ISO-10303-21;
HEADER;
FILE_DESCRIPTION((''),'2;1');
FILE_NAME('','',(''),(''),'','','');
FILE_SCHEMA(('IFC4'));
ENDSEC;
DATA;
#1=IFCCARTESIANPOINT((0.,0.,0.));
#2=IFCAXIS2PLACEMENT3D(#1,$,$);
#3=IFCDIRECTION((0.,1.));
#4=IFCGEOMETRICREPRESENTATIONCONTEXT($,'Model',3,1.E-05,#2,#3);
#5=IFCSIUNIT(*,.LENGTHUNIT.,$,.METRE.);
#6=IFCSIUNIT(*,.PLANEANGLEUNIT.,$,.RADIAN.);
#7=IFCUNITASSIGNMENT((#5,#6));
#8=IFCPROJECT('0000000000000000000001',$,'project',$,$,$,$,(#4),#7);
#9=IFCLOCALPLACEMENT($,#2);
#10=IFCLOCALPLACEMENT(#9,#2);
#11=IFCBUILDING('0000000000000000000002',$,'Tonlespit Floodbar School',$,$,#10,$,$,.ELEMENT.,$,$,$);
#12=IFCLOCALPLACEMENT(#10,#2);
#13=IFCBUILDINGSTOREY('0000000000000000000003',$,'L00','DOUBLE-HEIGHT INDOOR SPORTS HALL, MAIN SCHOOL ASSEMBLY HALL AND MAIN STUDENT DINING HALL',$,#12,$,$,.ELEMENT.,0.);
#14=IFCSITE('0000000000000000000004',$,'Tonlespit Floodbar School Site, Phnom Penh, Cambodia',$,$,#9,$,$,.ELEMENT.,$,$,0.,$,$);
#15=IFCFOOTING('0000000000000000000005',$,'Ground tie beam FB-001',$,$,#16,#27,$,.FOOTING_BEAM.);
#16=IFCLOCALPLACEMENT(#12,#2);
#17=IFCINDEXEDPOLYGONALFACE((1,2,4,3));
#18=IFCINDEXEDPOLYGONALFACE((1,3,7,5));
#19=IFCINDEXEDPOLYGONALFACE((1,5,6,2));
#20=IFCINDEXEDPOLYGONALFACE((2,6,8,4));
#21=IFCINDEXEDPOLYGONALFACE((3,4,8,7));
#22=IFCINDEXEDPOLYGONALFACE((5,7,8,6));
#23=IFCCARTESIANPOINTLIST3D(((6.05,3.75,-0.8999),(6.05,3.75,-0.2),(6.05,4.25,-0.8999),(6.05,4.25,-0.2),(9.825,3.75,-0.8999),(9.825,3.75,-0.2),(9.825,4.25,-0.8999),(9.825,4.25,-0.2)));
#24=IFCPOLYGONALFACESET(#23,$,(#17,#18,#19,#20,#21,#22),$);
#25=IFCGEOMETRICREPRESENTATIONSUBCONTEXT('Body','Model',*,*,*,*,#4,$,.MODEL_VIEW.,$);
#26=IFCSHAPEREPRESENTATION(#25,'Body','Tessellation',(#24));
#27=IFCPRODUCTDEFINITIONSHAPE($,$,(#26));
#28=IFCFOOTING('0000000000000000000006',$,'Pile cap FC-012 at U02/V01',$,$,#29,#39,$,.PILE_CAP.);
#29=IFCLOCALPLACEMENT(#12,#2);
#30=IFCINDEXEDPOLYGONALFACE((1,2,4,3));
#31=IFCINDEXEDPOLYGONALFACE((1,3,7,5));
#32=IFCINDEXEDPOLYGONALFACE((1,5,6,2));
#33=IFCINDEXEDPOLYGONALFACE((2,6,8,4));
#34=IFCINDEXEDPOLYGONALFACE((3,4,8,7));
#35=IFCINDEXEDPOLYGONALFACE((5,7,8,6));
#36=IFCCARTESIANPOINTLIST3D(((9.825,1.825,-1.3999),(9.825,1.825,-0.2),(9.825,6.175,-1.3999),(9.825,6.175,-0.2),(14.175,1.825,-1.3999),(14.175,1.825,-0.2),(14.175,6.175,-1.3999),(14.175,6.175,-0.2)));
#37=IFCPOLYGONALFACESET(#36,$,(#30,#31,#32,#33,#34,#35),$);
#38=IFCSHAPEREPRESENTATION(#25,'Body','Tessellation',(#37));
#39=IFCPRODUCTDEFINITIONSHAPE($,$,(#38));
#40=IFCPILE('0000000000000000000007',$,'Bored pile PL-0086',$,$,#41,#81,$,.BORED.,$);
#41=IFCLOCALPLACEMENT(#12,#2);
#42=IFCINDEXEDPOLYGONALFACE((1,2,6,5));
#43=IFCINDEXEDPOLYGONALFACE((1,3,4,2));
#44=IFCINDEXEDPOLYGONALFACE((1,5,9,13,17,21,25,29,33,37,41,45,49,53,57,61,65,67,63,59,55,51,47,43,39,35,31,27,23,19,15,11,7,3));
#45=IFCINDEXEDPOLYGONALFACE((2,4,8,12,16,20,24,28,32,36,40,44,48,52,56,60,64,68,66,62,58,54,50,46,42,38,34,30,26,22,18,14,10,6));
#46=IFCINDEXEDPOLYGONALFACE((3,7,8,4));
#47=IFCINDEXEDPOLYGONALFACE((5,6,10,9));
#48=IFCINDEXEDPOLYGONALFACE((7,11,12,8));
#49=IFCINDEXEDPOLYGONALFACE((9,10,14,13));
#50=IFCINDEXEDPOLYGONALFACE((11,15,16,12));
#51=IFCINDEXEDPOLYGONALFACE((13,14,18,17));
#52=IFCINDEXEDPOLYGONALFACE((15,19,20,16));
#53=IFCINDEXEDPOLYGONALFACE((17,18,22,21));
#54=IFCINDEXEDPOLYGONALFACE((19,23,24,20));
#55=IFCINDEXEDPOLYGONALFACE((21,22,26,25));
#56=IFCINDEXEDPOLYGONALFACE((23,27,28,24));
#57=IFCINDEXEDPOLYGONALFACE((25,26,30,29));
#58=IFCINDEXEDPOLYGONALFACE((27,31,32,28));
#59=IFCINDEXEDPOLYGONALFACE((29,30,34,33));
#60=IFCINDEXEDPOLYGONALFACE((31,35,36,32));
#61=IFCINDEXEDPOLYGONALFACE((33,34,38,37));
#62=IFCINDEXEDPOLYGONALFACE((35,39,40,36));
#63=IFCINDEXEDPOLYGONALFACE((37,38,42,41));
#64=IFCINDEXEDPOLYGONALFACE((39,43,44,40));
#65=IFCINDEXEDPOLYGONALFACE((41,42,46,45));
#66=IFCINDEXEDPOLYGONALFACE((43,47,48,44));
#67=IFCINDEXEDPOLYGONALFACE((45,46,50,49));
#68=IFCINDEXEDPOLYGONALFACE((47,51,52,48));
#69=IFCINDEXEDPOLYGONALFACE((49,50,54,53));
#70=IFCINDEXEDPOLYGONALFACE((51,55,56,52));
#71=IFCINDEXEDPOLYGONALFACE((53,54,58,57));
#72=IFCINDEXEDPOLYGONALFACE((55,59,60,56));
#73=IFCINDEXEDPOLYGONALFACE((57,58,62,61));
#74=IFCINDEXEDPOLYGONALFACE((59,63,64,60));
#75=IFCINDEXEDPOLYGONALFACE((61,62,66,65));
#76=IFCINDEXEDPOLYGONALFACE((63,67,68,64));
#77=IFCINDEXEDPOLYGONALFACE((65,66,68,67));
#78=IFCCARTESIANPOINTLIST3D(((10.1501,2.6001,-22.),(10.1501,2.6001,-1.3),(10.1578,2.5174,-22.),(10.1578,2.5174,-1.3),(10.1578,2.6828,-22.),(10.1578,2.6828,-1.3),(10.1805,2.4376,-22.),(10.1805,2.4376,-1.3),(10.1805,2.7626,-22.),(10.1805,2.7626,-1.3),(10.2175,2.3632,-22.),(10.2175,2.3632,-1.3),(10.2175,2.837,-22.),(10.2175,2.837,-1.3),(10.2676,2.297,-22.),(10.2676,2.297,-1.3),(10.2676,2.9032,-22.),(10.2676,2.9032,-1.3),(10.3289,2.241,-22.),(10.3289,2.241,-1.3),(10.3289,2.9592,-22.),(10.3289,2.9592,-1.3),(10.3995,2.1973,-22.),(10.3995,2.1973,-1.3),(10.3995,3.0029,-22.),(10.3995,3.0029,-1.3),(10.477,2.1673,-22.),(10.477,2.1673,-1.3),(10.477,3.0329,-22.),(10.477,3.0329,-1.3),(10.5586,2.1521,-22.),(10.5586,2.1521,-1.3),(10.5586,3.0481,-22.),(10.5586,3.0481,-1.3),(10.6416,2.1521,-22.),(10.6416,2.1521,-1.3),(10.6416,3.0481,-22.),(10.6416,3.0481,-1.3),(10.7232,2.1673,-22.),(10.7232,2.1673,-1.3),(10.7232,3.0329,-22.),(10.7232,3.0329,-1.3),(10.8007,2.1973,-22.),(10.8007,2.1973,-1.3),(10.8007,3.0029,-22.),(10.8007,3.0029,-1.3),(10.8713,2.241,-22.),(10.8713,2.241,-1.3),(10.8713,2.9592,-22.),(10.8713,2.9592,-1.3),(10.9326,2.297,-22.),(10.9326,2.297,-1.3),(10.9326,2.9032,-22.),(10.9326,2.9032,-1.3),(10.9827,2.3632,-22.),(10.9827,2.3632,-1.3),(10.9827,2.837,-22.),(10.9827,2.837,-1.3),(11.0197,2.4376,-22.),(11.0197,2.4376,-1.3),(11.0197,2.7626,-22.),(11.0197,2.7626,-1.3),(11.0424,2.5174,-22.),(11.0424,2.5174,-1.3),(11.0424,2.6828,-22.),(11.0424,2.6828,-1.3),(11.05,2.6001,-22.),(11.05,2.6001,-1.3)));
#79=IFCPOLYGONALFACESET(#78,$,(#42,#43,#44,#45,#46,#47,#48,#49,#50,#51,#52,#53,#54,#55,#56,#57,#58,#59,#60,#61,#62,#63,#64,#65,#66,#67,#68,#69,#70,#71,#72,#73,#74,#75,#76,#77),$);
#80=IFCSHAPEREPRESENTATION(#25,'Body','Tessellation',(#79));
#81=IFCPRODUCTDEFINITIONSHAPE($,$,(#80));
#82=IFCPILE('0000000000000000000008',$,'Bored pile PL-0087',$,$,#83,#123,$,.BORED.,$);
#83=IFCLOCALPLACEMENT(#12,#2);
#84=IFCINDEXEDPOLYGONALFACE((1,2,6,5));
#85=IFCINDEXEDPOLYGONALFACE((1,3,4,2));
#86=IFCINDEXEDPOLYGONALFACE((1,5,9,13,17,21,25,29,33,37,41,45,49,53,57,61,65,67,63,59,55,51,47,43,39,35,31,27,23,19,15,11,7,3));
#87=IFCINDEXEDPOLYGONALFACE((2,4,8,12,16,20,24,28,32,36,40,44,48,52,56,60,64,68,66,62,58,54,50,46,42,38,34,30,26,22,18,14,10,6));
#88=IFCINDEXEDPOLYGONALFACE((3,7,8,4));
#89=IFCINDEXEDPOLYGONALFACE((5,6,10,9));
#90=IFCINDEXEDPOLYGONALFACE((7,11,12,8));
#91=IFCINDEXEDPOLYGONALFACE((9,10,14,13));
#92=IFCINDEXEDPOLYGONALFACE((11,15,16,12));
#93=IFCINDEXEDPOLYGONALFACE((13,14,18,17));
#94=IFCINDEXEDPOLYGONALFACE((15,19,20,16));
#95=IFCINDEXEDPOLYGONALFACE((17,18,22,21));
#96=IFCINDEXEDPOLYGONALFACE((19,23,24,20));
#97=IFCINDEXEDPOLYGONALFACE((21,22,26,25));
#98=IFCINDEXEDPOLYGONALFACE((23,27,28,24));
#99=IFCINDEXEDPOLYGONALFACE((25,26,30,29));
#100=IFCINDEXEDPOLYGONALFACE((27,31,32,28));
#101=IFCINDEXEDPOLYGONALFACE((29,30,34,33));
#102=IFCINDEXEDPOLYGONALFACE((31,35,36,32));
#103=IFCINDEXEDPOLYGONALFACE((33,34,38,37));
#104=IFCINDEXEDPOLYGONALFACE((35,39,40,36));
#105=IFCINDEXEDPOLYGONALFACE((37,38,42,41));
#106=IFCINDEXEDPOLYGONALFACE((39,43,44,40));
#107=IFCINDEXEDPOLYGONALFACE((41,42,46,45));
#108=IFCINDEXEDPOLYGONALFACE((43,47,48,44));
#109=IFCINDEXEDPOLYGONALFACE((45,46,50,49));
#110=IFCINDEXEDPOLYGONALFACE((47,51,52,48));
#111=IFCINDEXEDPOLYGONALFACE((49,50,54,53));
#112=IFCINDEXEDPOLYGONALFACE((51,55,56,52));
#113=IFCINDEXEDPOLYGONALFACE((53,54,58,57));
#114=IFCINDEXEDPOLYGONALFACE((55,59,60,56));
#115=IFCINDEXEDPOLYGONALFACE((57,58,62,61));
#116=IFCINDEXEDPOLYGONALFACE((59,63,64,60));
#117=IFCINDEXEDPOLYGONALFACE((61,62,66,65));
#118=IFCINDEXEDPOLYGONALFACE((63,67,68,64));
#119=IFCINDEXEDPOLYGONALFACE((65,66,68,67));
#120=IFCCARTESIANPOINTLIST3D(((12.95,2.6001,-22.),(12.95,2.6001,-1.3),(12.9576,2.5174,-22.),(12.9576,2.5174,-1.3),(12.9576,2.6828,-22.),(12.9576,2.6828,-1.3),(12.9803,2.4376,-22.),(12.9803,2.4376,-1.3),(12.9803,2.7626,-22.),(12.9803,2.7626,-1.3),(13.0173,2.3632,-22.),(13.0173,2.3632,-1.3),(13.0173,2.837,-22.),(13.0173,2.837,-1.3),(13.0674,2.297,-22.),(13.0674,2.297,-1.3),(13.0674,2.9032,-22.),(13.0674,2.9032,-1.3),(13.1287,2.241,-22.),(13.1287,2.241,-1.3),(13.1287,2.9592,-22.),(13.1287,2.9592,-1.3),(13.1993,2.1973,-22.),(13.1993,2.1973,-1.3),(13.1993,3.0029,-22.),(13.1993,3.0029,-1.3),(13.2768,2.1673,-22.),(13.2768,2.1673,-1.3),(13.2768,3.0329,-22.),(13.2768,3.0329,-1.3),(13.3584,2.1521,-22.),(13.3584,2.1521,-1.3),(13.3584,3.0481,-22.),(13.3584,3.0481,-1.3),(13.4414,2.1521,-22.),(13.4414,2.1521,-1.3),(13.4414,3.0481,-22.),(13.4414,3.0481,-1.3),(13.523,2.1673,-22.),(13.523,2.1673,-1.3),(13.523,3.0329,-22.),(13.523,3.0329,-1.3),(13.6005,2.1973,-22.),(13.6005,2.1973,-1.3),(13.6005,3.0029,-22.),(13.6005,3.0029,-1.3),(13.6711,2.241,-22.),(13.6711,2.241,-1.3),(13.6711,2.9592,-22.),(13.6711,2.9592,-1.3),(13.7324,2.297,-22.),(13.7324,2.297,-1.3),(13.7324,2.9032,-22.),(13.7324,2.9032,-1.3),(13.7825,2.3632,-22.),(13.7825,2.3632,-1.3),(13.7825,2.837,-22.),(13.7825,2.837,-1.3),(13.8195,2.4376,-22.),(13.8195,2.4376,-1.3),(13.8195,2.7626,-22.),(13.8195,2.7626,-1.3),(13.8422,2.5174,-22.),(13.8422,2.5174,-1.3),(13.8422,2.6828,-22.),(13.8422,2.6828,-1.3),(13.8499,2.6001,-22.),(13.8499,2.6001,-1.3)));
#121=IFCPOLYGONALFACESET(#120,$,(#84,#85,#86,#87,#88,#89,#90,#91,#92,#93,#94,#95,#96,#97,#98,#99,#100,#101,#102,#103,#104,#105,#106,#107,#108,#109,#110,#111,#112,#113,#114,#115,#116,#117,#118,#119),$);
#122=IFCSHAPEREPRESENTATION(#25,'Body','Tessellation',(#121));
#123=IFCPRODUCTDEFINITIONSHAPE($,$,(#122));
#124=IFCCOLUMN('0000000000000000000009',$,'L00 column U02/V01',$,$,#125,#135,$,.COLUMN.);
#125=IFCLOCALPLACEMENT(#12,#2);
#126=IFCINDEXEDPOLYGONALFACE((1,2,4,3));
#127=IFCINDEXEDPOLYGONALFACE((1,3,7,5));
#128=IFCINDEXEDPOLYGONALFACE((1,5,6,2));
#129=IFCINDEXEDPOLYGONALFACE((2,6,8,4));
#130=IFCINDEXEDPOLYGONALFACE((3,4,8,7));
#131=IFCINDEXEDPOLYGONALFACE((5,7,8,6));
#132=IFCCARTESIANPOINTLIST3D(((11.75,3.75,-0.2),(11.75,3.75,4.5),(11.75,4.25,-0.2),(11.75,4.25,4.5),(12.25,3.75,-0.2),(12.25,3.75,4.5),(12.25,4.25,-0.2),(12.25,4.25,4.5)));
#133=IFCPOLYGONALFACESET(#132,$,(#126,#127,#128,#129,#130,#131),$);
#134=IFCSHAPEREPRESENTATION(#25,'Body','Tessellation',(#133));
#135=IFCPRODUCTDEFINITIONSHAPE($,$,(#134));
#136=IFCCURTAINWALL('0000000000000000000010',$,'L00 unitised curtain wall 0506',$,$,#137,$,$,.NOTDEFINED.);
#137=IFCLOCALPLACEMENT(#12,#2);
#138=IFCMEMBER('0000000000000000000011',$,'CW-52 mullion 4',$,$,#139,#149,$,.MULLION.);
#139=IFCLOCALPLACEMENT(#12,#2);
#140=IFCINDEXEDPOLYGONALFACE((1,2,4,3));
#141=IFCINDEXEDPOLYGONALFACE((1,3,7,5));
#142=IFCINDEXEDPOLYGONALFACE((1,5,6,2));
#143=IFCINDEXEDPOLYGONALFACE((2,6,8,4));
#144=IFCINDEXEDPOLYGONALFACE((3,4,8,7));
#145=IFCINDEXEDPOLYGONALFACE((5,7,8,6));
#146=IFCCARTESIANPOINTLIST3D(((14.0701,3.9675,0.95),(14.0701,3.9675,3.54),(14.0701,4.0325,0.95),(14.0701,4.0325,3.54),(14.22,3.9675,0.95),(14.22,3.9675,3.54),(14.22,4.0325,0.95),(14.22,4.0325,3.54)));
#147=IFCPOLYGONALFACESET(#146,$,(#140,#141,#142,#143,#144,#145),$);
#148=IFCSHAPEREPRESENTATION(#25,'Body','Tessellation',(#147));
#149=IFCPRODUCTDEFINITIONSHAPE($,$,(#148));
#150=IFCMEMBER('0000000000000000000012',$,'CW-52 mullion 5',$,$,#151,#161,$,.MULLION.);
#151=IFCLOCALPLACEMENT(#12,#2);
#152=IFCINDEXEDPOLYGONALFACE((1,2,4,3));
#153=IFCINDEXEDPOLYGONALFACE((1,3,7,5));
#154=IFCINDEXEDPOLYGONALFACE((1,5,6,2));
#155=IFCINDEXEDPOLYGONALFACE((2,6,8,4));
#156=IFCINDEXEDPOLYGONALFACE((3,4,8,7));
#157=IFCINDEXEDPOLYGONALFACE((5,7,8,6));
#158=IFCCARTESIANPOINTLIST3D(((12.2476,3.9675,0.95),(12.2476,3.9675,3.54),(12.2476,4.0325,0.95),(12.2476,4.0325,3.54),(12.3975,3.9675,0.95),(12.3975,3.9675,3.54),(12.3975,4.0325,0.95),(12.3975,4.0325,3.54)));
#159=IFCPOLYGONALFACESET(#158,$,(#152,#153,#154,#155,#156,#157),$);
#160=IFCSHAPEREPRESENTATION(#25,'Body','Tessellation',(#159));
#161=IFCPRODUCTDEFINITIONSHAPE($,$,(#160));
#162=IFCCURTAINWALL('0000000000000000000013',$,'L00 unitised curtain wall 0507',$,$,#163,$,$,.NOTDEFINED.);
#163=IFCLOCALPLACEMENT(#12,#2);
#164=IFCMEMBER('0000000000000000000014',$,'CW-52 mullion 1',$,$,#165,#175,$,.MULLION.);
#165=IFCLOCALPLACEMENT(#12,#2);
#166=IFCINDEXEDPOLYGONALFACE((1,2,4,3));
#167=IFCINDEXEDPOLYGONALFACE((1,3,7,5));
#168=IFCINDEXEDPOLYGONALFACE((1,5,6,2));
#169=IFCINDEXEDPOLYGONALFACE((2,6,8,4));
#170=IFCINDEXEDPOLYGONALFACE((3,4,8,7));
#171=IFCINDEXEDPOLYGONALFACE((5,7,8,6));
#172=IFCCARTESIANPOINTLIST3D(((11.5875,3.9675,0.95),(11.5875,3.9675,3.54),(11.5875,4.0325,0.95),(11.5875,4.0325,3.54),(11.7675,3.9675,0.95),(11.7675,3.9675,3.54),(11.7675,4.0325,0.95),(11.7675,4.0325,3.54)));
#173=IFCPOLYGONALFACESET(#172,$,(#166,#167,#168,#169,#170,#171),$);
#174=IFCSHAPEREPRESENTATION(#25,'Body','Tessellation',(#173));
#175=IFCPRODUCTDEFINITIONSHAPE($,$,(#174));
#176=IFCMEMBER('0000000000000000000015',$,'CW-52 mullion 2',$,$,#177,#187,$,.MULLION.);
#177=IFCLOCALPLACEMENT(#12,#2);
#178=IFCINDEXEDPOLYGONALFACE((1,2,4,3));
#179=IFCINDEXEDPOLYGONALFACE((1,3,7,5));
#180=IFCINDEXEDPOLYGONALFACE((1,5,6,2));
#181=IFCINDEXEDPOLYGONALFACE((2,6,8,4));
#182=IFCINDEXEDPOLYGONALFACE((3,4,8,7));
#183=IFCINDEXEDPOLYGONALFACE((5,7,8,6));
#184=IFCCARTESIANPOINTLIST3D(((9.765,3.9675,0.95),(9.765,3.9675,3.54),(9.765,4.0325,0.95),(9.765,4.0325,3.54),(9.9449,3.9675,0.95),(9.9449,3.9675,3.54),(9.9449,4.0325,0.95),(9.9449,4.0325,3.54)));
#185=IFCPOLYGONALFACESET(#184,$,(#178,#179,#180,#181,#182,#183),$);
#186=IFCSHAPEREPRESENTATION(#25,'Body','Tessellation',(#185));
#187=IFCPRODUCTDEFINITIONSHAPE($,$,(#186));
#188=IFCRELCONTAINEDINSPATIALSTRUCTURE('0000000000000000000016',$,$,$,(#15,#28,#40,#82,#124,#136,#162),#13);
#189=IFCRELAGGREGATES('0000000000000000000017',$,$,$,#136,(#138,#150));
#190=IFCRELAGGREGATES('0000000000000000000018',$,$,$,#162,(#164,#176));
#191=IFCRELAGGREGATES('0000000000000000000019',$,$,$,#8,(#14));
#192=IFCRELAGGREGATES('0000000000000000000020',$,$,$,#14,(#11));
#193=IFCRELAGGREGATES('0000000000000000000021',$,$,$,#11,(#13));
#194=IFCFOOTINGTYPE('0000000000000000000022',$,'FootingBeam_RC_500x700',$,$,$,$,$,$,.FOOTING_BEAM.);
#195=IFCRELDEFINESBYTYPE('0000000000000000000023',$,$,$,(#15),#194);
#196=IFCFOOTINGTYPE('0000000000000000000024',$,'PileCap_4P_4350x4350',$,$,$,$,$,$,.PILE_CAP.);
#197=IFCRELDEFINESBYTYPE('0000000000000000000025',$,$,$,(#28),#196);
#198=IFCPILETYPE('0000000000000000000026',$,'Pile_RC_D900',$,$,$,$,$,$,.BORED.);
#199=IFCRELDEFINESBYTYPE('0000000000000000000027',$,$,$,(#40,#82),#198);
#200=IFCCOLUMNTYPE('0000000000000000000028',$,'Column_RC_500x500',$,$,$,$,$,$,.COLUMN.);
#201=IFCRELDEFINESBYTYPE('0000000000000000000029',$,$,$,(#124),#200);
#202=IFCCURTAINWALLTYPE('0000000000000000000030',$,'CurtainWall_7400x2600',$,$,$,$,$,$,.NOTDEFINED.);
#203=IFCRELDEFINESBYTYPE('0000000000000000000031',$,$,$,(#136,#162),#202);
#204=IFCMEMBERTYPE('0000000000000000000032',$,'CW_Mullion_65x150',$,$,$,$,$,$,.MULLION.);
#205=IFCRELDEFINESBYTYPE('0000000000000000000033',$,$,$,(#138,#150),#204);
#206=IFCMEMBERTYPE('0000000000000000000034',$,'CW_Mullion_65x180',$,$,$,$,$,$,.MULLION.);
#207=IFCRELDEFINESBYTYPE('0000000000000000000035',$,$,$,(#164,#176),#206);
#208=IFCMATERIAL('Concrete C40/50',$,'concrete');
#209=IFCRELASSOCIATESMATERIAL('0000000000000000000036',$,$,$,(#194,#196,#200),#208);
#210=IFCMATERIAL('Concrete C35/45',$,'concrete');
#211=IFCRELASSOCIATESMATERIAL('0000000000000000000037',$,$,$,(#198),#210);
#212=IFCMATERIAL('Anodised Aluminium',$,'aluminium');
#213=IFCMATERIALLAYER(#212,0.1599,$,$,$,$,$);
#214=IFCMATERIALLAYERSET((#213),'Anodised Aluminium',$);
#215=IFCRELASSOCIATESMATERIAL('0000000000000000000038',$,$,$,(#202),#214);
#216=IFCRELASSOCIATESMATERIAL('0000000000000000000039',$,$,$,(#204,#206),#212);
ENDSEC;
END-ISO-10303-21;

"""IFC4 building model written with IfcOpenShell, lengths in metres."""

from ifc_helpers import new_model, si_unit, direction, frame, origin, origin_2d, place, context, subcontext, project, spatial, rectangle, circle, extrude, material, layer, layer_set, material_profile, profile_set, type_object, element, aggregate, save


model = new_model("IFC4")

# Units and contexts
model_context = context("Model", 3, precision=1e-05, world=origin(), true_north=direction((0.0, 1.0)))
body_context = subcontext(model_context, "Body", "Model", "MODEL_VIEW")
ifc_project = project(units=[si_unit("LENGTHUNIT", "METRE"), si_unit("PLANEANGLEUNIT", "RADIAN")], contexts=[model_context])

# Site, building, storey
site_placement = place(None, origin())
site = spatial("IfcSite", under=ifc_project, at=site_placement, Name="Tonlespit Floodbar School Site, Phnom Penh, Cambodia", CompositionType="ELEMENT", RefElevation=0.0)
building_placement = place(site_placement, origin())
building = spatial("IfcBuilding", under=site, at=building_placement, Name="Tonlespit Floodbar School", CompositionType="ELEMENT")
storey_placement = place(building_placement, origin())
storey = spatial("IfcBuildingStorey", under=building, at=storey_placement, Name="L00", Description="DOUBLE-HEIGHT INDOOR SPORTS HALL, MAIN SCHOOL ASSEMBLY HALL AND MAIN STUDENT DINING HALL", CompositionType="ELEMENT", Elevation=0.0)

# Footings
ifc_material_1 = material(Name="Concrete C40/50", Category="concrete")
footing_type_1 = type_object("IfcFootingType", Name="FootingBeam_RC_500x700", PredefinedType="FOOTING_BEAM", material=ifc_material_1)
footing_1_placement = place(storey_placement, frame((7.9375, 4.0, -0.8999), z_axis=(0.0, 0.0, 1.0), x_axis=(1.0, 0.0, 0.0)))
element("IfcFooting", 1, at=footing_1_placement, inside=storey, type_object=footing_type_1, Name="Ground tie beam FB-001", PredefinedType="FOOTING_BEAM", context=body_context, shape_type="SweptSolid", body=[
    extrude(rectangle(XDim=3.7749, YDim=0.5, at=origin_2d()), origin(), (0.0, 0.0, 1.0), 0.7),
])
footing_type_2 = type_object("IfcFootingType", Name="PileCap_4P_4350x4350", PredefinedType="PILE_CAP", material=ifc_material_1)
footing_2_placement = place(storey_placement, frame((12.0, 4.0, -1.3999), z_axis=(0.0, 0.0, 1.0), x_axis=(1.0, 0.0, 0.0)))
element("IfcFooting", 2, at=footing_2_placement, inside=storey, type_object=footing_type_2, Name="Pile cap FC-012 at U02/V01", PredefinedType="PILE_CAP", context=body_context, shape_type="SweptSolid", body=[
    extrude(rectangle(XDim=4.3501, YDim=4.3501, at=origin_2d()), origin(), (0.0, 0.0, 1.0), 1.2),
])

# Piles
ifc_material_2 = material(Name="Concrete C35/45", Category="concrete")
ifc_material_profile_1 = material_profile(ifc_material_2, circle(Radius=0.45, at=origin_2d()), Name="BP D900")
ifc_profile_set_1 = profile_set([ifc_material_profile_1], Name="Concrete C35/45")
pile_type = type_object("IfcPileType", Name="Pile_RC_D900", PredefinedType="BORED", material=ifc_profile_set_1)
for number, where, z_axis, x_axis, name in (
    (3, (10.6001, 2.6001, -1.3), (0.0, 0.0, -1.0), (1.0, 0.0, 0.0), "Bored pile PL-0086"),
    (4, (13.3999, 2.6001, -1.3), (0.0, 0.0, -1.0), (1.0, 0.0, 0.0), "Bored pile PL-0087"),
):
    element("IfcPile", number, at=place(storey_placement, frame(where, z_axis=z_axis, x_axis=x_axis)), inside=storey, type_object=pile_type, Name=name, PredefinedType="BORED", context=body_context, shape_type="SweptSolid", body=[
        extrude(circle(Radius=0.45, at=origin_2d()), origin(), (0.0, 0.0, 1.0), 20.7),
    ])

# Column
ifc_material_profile_2 = material_profile(ifc_material_1, rectangle(XDim=0.5, YDim=0.5, at=origin_2d()), Name="RC 500x500")
ifc_profile_set_2 = profile_set([ifc_material_profile_2], Name="Concrete C40/50")
column_type = type_object("IfcColumnType", Name="Column_RC_500x500", PredefinedType="COLUMN", material=ifc_profile_set_2)
column_placement = place(storey_placement, frame((12.0, 4.0, -0.2), z_axis=(0.0, 0.0, 1.0), x_axis=(1.0, 0.0, 0.0)))
element("IfcColumn", 5, at=column_placement, inside=storey, type_object=column_type, Name="L00 column U02/V01", PredefinedType="COLUMN", context=body_context, shape_type="SweptSolid", body=[
    extrude(rectangle(XDim=0.5, YDim=0.5, at=origin_2d()), origin(), (0.0, 0.0, 1.0), 4.7),
])

# Curtain walls, members
ifc_material_3 = material(Name="Anodised Aluminium", Category="aluminium")
ifc_layer_1 = layer(ifc_material_3, 0.1599)
ifc_layer_set_1 = layer_set([ifc_layer_1], Name="Anodised Aluminium")
curtain_wall_type = type_object("IfcCurtainWallType", Name="CurtainWall_7400x2600", PredefinedType="NOTDEFINED", material=ifc_layer_set_1)
curtain_wall_1_placement = place(storey_placement, origin())
curtain_wall_1 = element("IfcCurtainWall", 6, at=curtain_wall_1_placement, inside=storey, type_object=curtain_wall_type, Name="L00 unitised curtain wall 0506", PredefinedType="NOTDEFINED")
ifc_material_profile_3 = material_profile(ifc_material_3, rectangle(XDim=0.0649, YDim=0.1499, at=origin_2d()), Name="ALU M65x150")
ifc_profile_set_3 = profile_set([ifc_material_profile_3], Name="Anodised Aluminium")
member_type_1 = type_object("IfcMemberType", Name="CW_Mullion_65x150", PredefinedType="MULLION", material=ifc_profile_set_3)
member_1_placement = place(storey_placement, frame((14.145, 4.0, 0.95), z_axis=(0.0, 0.0, 1.0), x_axis=(0.0, -1.0, 0.0)))
member_1 = element("IfcMember", 7, at=member_1_placement, type_object=member_type_1, Name="CW-52 mullion 4", PredefinedType="MULLION", context=body_context, shape_type="SweptSolid", body=[
    extrude(rectangle(XDim=0.0649, YDim=0.1499, at=origin_2d()), origin(), (0.0, 0.0, 1.0), 2.5901),
])
member_2_placement = place(storey_placement, frame((12.3225, 4.0, 0.95), z_axis=(0.0, 0.0, 1.0), x_axis=(0.0, -1.0, 0.0)))
member_2 = element("IfcMember", 8, at=member_2_placement, type_object=member_type_1, Name="CW-52 mullion 5", PredefinedType="MULLION", context=body_context, shape_type="SweptSolid", body=[
    extrude(rectangle(XDim=0.0649, YDim=0.1499, at=origin_2d()), origin(), (0.0, 0.0, 1.0), 2.5901),
])
curtain_wall_2_placement = place(storey_placement, origin())
curtain_wall_2 = element("IfcCurtainWall", 9, at=curtain_wall_2_placement, inside=storey, type_object=curtain_wall_type, Name="L00 unitised curtain wall 0507", PredefinedType="NOTDEFINED")
ifc_material_profile_4 = material_profile(ifc_material_3, rectangle(XDim=0.0649, YDim=0.1799, at=origin_2d()), Name="ALU M65x180")
ifc_profile_set_4 = profile_set([ifc_material_profile_4], Name="Anodised Aluminium")
member_type_2 = type_object("IfcMemberType", Name="CW_Mullion_65x180", PredefinedType="MULLION", material=ifc_profile_set_4)
member_3_placement = place(storey_placement, frame((11.6775, 4.0, 0.95), z_axis=(0.0, 0.0, 1.0), x_axis=(0.0, -1.0, 0.0)))
member_3 = element("IfcMember", 10, at=member_3_placement, type_object=member_type_2, Name="CW-52 mullion 1", PredefinedType="MULLION", context=body_context, shape_type="SweptSolid", body=[
    extrude(rectangle(XDim=0.0649, YDim=0.1799, at=origin_2d()), origin(), (0.0, 0.0, 1.0), 2.5901),
])
member_4_placement = place(storey_placement, frame((9.855, 4.0, 0.95), z_axis=(0.0, 0.0, 1.0), x_axis=(0.0, -1.0, 0.0)))
member_4 = element("IfcMember", 11, at=member_4_placement, type_object=member_type_2, Name="CW-52 mullion 2", PredefinedType="MULLION", context=body_context, shape_type="SweptSolid", body=[
    extrude(rectangle(XDim=0.0649, YDim=0.1799, at=origin_2d()), origin(), (0.0, 0.0, 1.0), 2.5901),
])

aggregate(curtain_wall_1, [member_1, member_2])
aggregate(curtain_wall_2, [member_3, member_4])

save(model, "model.ifc")
